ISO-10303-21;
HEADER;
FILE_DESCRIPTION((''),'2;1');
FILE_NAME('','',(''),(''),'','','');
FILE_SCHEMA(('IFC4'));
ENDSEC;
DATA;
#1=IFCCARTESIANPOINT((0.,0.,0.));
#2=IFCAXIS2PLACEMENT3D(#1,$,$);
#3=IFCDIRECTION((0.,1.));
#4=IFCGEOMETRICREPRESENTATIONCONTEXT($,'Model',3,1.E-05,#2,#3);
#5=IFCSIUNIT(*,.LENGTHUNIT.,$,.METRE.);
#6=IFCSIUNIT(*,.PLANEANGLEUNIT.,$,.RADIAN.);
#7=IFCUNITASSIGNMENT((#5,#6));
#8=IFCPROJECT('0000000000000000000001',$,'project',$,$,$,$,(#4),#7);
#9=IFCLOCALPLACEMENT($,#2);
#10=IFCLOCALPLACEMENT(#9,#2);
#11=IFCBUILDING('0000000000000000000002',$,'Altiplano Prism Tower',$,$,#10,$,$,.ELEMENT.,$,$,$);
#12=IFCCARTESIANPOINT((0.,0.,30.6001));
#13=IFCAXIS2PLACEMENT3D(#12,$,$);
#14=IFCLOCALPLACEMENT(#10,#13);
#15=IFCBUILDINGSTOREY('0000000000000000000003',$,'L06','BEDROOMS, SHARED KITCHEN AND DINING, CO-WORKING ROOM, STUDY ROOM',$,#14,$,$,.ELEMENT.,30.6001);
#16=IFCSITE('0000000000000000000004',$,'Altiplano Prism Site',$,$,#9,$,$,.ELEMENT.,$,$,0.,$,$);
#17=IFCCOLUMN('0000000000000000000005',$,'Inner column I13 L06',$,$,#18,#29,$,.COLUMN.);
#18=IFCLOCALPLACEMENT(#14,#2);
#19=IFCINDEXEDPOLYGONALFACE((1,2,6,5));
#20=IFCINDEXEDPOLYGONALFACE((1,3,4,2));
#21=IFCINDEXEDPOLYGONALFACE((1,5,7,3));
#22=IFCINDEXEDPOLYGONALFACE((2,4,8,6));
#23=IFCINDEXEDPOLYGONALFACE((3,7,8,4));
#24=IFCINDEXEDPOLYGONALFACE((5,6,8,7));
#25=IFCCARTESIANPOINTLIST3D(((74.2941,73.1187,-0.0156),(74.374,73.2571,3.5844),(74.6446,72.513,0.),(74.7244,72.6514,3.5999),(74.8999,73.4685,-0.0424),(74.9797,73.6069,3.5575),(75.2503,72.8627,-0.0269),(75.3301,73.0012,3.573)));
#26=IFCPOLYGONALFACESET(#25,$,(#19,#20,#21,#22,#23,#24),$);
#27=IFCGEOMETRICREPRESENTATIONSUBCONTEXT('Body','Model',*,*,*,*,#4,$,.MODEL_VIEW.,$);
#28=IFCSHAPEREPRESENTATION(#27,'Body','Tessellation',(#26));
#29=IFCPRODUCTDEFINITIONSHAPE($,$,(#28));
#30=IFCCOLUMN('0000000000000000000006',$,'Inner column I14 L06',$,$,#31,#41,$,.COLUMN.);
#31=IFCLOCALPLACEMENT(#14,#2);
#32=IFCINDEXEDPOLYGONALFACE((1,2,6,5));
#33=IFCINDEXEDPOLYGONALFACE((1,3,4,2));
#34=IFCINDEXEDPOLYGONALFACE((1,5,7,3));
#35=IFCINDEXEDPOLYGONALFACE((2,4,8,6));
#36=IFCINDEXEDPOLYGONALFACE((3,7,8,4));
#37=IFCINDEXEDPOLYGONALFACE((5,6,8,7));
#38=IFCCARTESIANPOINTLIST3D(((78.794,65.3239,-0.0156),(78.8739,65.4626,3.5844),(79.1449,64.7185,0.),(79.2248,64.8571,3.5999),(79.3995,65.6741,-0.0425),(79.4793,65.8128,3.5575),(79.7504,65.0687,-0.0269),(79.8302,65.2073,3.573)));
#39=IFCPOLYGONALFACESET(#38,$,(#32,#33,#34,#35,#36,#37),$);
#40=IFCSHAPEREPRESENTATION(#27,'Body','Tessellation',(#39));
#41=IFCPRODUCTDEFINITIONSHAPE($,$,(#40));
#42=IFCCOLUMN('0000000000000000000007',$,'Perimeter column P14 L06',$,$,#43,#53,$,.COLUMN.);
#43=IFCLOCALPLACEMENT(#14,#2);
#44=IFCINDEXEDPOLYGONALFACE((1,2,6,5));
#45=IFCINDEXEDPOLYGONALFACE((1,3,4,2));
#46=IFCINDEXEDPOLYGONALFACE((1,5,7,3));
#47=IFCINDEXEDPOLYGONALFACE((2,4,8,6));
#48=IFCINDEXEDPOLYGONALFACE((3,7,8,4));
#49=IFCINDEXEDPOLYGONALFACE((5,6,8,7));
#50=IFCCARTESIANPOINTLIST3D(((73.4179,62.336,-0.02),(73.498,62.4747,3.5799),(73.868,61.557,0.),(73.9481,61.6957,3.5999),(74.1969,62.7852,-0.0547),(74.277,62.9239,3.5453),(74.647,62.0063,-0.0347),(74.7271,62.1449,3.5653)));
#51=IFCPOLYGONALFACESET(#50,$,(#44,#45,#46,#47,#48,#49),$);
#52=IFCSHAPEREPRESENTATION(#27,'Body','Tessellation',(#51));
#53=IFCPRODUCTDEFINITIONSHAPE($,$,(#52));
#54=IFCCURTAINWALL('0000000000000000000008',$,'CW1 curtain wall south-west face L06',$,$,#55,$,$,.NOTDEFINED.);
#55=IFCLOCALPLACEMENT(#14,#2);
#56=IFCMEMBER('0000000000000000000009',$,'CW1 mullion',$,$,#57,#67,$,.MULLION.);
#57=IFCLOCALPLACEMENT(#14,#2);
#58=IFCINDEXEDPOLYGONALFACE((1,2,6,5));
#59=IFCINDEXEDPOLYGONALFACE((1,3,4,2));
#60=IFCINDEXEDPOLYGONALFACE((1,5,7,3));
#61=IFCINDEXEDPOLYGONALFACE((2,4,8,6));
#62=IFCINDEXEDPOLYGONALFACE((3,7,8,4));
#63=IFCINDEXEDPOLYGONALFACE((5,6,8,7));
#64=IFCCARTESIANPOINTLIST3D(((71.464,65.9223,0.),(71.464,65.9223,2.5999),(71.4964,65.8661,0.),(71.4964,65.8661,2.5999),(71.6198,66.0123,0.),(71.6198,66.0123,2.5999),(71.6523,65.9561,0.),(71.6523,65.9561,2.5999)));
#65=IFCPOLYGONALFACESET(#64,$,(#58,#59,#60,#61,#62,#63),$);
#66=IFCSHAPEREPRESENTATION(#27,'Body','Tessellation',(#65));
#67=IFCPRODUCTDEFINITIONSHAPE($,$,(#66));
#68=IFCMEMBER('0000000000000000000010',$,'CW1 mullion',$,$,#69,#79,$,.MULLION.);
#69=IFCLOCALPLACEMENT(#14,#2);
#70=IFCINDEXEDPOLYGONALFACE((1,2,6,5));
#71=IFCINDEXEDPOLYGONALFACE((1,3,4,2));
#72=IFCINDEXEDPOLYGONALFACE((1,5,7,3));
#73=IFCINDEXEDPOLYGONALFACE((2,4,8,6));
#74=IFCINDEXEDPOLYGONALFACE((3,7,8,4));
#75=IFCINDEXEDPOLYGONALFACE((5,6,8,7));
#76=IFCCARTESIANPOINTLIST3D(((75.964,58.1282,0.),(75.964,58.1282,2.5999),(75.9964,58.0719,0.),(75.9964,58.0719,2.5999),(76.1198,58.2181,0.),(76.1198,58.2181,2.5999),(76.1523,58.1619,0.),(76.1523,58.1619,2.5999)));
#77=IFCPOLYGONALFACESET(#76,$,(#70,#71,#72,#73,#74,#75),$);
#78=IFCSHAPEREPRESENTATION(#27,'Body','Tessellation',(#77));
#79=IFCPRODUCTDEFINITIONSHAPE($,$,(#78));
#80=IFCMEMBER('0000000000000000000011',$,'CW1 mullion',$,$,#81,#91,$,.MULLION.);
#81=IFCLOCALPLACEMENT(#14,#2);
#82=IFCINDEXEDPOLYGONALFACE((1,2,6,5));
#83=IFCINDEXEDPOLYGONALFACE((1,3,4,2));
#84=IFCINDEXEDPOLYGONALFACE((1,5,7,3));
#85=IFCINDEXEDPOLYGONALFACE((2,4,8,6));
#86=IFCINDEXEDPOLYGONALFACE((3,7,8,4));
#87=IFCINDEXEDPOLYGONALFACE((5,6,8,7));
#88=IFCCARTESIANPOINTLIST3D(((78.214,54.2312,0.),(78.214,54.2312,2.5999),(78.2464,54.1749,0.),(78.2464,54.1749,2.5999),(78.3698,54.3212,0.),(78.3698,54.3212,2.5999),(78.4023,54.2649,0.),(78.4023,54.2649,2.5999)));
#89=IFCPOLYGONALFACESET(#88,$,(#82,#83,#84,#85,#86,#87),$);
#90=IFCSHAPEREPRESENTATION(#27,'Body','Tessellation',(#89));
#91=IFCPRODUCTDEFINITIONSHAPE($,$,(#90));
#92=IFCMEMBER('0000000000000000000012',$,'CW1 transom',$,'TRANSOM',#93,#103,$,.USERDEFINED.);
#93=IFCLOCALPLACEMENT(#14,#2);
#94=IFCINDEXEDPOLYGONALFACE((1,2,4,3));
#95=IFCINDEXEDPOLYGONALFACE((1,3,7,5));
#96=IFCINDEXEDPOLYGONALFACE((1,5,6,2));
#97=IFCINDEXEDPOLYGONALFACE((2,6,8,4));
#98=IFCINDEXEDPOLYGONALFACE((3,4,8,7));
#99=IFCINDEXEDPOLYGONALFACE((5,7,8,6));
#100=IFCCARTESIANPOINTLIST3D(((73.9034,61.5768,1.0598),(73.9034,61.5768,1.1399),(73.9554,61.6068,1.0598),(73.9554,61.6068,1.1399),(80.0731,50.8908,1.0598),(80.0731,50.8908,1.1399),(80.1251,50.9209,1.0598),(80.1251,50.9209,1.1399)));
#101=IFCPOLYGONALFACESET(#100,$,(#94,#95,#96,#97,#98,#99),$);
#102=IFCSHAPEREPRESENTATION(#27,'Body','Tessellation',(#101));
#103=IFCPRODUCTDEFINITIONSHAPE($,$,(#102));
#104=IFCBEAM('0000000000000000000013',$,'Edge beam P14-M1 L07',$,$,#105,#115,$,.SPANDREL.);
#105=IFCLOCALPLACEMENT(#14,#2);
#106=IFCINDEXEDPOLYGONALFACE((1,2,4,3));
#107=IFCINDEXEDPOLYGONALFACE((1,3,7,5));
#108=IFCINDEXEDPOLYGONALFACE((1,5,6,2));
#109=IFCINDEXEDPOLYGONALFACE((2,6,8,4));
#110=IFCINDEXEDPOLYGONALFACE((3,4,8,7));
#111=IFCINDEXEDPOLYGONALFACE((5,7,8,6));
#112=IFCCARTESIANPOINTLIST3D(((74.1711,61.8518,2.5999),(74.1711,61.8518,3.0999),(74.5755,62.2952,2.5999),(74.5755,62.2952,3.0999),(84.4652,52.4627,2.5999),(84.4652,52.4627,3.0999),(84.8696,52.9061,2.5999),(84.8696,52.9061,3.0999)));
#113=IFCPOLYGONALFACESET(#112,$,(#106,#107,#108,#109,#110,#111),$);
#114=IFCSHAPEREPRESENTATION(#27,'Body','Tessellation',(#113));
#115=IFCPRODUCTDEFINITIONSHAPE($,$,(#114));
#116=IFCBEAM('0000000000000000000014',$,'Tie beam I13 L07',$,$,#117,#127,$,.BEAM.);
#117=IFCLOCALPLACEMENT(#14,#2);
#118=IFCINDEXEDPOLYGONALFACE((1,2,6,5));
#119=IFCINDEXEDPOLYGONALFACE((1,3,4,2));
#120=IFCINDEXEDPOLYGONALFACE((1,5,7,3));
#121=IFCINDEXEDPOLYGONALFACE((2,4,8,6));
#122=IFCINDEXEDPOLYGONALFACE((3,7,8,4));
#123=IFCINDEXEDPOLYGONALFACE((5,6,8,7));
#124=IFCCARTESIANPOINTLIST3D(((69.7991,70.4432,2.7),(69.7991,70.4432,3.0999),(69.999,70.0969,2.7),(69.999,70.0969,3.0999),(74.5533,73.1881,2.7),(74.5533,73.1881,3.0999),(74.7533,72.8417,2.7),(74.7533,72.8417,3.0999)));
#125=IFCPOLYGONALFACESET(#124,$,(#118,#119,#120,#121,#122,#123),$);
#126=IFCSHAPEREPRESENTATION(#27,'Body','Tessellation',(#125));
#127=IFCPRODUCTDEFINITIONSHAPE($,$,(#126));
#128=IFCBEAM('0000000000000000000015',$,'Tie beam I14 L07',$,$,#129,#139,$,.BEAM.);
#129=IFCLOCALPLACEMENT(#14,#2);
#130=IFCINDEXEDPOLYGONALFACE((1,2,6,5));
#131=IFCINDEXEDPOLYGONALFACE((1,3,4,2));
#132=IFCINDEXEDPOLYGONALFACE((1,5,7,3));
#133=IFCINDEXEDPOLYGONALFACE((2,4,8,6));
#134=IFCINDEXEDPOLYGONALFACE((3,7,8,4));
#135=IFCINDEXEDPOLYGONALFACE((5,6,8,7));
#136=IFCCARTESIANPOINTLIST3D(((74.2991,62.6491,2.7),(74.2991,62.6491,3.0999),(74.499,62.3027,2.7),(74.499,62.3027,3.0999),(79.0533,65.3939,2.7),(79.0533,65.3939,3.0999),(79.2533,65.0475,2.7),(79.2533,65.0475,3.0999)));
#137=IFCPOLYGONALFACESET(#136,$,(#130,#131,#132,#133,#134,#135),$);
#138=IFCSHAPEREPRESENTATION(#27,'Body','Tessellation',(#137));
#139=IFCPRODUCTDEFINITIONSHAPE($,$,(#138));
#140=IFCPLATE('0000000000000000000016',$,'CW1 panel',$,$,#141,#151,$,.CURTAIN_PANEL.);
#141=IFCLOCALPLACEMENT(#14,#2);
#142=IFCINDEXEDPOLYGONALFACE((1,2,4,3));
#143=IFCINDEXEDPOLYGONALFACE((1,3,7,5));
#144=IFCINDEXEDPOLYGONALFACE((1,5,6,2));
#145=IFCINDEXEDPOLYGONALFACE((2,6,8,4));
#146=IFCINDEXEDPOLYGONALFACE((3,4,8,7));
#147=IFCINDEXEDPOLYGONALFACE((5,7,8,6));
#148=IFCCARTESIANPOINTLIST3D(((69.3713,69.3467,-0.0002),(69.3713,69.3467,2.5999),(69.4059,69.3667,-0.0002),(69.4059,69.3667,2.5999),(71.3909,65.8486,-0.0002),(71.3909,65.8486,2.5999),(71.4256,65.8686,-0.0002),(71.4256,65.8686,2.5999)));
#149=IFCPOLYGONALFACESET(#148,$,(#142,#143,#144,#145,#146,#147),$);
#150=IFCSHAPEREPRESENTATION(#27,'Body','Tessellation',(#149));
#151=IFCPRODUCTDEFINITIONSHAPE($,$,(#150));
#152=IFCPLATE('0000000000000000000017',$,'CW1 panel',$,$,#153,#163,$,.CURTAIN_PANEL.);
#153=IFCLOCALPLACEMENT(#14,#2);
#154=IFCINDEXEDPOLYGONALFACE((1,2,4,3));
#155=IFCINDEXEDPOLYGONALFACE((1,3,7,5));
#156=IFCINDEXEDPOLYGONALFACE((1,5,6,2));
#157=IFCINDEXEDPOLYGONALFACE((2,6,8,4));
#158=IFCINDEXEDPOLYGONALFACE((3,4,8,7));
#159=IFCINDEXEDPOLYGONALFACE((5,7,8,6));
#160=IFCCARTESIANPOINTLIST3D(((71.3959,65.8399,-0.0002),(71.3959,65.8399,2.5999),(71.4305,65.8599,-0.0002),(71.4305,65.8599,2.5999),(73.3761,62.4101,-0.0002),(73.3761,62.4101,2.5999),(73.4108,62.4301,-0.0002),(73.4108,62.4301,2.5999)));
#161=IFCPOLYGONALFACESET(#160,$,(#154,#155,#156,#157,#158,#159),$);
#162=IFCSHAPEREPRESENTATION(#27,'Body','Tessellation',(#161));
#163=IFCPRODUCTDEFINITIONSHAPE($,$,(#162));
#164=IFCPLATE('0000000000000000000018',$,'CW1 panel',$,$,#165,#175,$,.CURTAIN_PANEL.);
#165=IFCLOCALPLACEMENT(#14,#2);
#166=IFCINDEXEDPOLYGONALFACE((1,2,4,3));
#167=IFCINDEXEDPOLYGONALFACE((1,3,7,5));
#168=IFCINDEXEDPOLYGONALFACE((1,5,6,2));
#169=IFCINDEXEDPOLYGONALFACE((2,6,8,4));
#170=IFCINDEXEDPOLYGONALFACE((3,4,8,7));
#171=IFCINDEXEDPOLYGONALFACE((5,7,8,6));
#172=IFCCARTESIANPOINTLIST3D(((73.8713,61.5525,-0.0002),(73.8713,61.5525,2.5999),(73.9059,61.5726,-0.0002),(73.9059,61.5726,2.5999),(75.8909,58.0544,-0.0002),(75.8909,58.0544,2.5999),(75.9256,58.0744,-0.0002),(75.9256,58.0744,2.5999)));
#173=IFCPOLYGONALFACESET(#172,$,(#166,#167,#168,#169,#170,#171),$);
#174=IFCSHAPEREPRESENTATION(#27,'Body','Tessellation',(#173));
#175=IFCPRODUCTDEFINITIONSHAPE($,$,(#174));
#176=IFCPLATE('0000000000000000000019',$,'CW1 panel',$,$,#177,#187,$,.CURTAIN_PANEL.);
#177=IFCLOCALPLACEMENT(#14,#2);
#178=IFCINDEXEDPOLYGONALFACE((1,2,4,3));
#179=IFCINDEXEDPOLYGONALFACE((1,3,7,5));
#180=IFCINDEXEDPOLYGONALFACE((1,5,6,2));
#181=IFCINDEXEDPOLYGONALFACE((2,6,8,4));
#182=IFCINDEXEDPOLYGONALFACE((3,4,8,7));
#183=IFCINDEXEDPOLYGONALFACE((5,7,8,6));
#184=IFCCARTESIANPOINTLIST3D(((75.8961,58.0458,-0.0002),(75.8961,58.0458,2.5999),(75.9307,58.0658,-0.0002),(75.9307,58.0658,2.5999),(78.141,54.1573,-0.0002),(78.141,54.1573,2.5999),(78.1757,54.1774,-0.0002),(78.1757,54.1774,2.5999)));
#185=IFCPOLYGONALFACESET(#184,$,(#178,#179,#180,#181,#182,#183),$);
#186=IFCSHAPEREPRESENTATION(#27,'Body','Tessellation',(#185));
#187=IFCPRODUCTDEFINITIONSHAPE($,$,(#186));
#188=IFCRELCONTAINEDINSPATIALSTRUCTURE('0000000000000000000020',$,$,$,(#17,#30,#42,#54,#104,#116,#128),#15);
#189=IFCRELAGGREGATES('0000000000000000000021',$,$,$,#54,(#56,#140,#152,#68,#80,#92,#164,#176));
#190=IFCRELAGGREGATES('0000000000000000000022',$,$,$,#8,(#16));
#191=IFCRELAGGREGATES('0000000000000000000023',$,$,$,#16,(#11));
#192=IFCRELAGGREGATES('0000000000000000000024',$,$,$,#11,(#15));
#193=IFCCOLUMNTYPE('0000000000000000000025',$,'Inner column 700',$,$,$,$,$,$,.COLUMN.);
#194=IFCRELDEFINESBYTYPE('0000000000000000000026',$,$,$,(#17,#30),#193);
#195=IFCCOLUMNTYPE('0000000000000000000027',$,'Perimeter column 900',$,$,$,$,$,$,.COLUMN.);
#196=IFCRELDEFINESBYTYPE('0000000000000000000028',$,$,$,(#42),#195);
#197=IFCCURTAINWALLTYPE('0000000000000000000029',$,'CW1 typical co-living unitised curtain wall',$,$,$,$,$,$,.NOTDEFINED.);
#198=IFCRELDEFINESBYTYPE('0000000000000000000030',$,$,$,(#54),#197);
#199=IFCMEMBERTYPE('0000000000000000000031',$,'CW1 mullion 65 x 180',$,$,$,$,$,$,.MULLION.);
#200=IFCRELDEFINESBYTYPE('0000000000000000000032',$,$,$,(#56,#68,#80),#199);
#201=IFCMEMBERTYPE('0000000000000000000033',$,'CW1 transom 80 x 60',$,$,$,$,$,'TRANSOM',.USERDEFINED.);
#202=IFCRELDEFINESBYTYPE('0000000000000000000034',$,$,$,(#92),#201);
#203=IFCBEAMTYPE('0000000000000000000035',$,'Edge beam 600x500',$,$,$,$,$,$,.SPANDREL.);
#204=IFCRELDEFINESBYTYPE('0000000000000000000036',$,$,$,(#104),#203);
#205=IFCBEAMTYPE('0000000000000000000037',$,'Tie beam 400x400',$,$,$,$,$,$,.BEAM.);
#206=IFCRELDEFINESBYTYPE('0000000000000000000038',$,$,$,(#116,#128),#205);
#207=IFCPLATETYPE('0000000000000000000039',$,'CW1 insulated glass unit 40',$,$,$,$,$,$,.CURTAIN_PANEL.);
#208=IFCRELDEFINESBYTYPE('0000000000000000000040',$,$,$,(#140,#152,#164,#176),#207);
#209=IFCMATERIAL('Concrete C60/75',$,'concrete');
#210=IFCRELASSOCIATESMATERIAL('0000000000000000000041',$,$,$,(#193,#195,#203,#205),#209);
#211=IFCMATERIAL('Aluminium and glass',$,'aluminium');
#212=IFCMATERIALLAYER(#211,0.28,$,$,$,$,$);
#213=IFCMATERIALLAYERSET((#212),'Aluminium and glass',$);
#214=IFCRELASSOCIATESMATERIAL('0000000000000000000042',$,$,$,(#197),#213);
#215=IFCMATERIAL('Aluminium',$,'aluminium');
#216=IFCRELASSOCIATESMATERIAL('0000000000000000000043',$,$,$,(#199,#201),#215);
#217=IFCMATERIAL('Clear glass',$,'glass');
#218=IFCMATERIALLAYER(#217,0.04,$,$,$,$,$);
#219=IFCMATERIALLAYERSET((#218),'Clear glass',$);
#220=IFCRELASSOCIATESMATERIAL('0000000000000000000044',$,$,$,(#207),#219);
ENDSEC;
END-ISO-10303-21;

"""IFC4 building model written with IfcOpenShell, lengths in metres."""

from ifc_helpers import new_model, si_unit, direction, frame, origin, origin_2d, place, context, subcontext, project, spatial, rectangle, extrude, material, layer, layer_set, material_profile, profile_set, type_object, element, aggregate, save


model = new_model("IFC4")

# Units and contexts
model_context = context("Model", 3, precision=1e-05, world=origin(), true_north=direction((0.0, 1.0)))
body_context = subcontext(model_context, "Body", "Model", "MODEL_VIEW")
ifc_project = project(units=[si_unit("LENGTHUNIT", "METRE"), si_unit("PLANEANGLEUNIT", "RADIAN")], contexts=[model_context])

# Site, building, storey
site_placement = place(None, origin())
site = spatial("IfcSite", under=ifc_project, at=site_placement, Name="Altiplano Prism Site", CompositionType="ELEMENT", RefElevation=0.0)
building_placement = place(site_placement, origin())
building = spatial("IfcBuilding", under=site, at=building_placement, Name="Altiplano Prism Tower", CompositionType="ELEMENT")
storey_placement = place(building_placement, frame((0.0, 0.0, 30.6001)))
storey = spatial("IfcBuildingStorey", under=building, at=storey_placement, Name="L06", Description="BEDROOMS, SHARED KITCHEN AND DINING, CO-WORKING ROOM, STUDY ROOM", CompositionType="ELEMENT", Elevation=30.6001)

# Columns
ifc_material_1 = material(Name="Concrete C60/75", Category="concrete")
ifc_material_profile_1 = material_profile(ifc_material_1, rectangle(XDim=0.7, YDim=0.7, at=origin_2d()), Name="Inner column 700")
ifc_profile_set_1 = profile_set([ifc_material_profile_1], Name="Concrete C60/75")
column_type_1 = type_object("IfcColumnType", Name="Inner column 700", PredefinedType="COLUMN", material=ifc_profile_set_1)
for number, where, z_axis, x_axis, name in (
    (1, (74.7722, 72.9907, -0.0212), (0.022155, 0.038416, 0.999016), (-0.865362, -0.499674, 0.038405), "Inner column I13 L06"),
    (2, (79.2722, 65.1963, -0.0212), (0.022155, 0.038484, 0.999014), (-0.86498, -0.500331, 0.038456), "Inner column I14 L06"),
):
    element("IfcColumn", number, at=place(storey_placement, frame(where, z_axis=z_axis, x_axis=x_axis)), inside=storey, type_object=column_type_1, Name=name, PredefinedType="COLUMN", context=body_context, shape_type="SweptSolid", body=[
        extrude(rectangle(XDim=0.7, YDim=0.7, at=origin_2d()), origin(), (0.0, 0.0, 1.0), 3.6035),
    ])
ifc_material_profile_2 = material_profile(ifc_material_1, rectangle(XDim=0.8999, YDim=0.8999, at=origin_2d()), Name="Perimeter column 900")
ifc_profile_set_2 = profile_set([ifc_material_profile_2], Name="Concrete C60/75")
column_type_2 = type_object("IfcColumnType", Name="Perimeter column 900", PredefinedType="COLUMN", material=ifc_profile_set_2)
column_placement = place(storey_placement, frame((74.0325, 62.1711, -0.0273), z_axis=(0.022223, 0.038483, 0.999012), x_axis=(-0.865639, -0.499187, 0.038485)))
element("IfcColumn", 3, at=column_placement, inside=storey, type_object=column_type_2, Name="Perimeter column P14 L06", PredefinedType="COLUMN", context=body_context, shape_type="SweptSolid", body=[
    extrude(rectangle(XDim=0.8999, YDim=0.8999, at=origin_2d()), origin(), (0.0, 0.0, 1.0), 3.6035),
])

# Curtain wall, members
ifc_material_2 = material(Name="Aluminium and glass", Category="aluminium")
ifc_layer_1 = layer(ifc_material_2, 0.28)
ifc_layer_set_1 = layer_set([ifc_layer_1], Name="Aluminium and glass")
curtain_wall_type = type_object("IfcCurtainWallType", Name="CW1 typical co-living unitised curtain wall", PredefinedType="NOTDEFINED", material=ifc_layer_set_1)
curtain_wall_placement = place(storey_placement, origin())
curtain_wall = element("IfcCurtainWall", 4, at=curtain_wall_placement, inside=storey, type_object=curtain_wall_type, Name="CW1 curtain wall south-west face L06", PredefinedType="NOTDEFINED")
ifc_material_3 = material(Name="Aluminium", Category="aluminium")
ifc_material_profile_3 = material_profile(ifc_material_3, rectangle(XDim=0.1799, YDim=0.0649, at=origin_2d()), Name="CW1 mullion 65 x 180")
ifc_profile_set_3 = profile_set([ifc_material_profile_3], Name="Aluminium")
member_type_1 = type_object("IfcMemberType", Name="CW1 mullion 65 x 180", PredefinedType="MULLION", material=ifc_profile_set_3)
member_1_placement = place(storey_placement, frame((71.5581, 65.9392, 0.0), z_axis=(0.0, 0.0, 1.0), x_axis=(0.866025, 0.5, 0.0)))
member_1 = element("IfcMember", 5, at=member_1_placement, type_object=member_type_1, Name="CW1 mullion", PredefinedType="MULLION", context=body_context, shape_type="SweptSolid", body=[
    extrude(rectangle(XDim=0.1799, YDim=0.0649, at=origin_2d()), origin(), (0.0, 0.0, 1.0), 2.5999),
])
member_2_placement = place(storey_placement, frame((76.0581, 58.145, 0.0), z_axis=(0.0, 0.0, 1.0), x_axis=(0.866025, 0.5, 0.0)))
member_2 = element("IfcMember", 6, at=member_2_placement, type_object=member_type_1, Name="CW1 mullion", PredefinedType="MULLION", context=body_context, shape_type="SweptSolid", body=[
    extrude(rectangle(XDim=0.1799, YDim=0.0649, at=origin_2d()), origin(), (0.0, 0.0, 1.0), 2.5999),
])
member_3_placement = place(storey_placement, frame((78.3081, 54.248, 0.0), z_axis=(0.0, 0.0, 1.0), x_axis=(0.866025, 0.5, 0.0)))
member_3 = element("IfcMember", 7, at=member_3_placement, type_object=member_type_1, Name="CW1 mullion", PredefinedType="MULLION", context=body_context, shape_type="SweptSolid", body=[
    extrude(rectangle(XDim=0.1799, YDim=0.0649, at=origin_2d()), origin(), (0.0, 0.0, 1.0), 2.5999),
])
ifc_material_profile_4 = material_profile(ifc_material_3, rectangle(XDim=0.0601, YDim=0.0801, at=origin_2d()), Name="CW1 transom 80 x 60")
ifc_profile_set_4 = profile_set([ifc_material_profile_4], Name="Aluminium")
member_type_2 = type_object("IfcMemberType", Name="CW1 transom 80 x 60", ElementType="TRANSOM", PredefinedType="USERDEFINED", material=ifc_profile_set_4)
member_4_placement = place(storey_placement, frame((73.9294, 61.5918, 1.0999), z_axis=(0.500006, -0.866022, 0.0), x_axis=(0.866022, 0.500006, 0.0)))
member_4 = element("IfcMember", 8, at=member_4_placement, type_object=member_type_2, Name="CW1 transom", ObjectType="TRANSOM", PredefinedType="USERDEFINED", context=body_context, shape_type="SweptSolid", body=[
    extrude(rectangle(XDim=0.0601, YDim=0.0801, at=origin_2d()), origin(), (0.0, 0.0, 1.0), 12.3391),
])

# Beams
ifc_material_profile_5 = material_profile(ifc_material_1, rectangle(XDim=0.6001, YDim=0.5, at=origin_2d()), Name="Edge beam 600x500")
ifc_profile_set_5 = profile_set([ifc_material_profile_5], Name="Concrete C60/75")
beam_type_1 = type_object("IfcBeamType", Name="Edge beam 600x500", PredefinedType="SPANDREL", material=ifc_profile_set_5)
beam_placement = place(storey_placement, frame((74.3733, 62.0735, 2.8499), z_axis=(0.738839, -0.673882, 0.0), x_axis=(0.673882, 0.738839, 0.0)))
element("IfcBeam", 9, at=beam_placement, inside=storey, type_object=beam_type_1, Name="Edge beam P14-M1 L07", PredefinedType="SPANDREL", context=body_context, shape_type="SweptSolid", body=[
    extrude(rectangle(XDim=0.6001, YDim=0.5, at=origin_2d()), origin(), (0.0, 0.0, 1.0), 13.9329),
])
ifc_material_profile_6 = material_profile(ifc_material_1, rectangle(XDim=0.3999, YDim=0.3999, at=origin_2d()), Name="Tie beam 400x400")
ifc_profile_set_6 = profile_set([ifc_material_profile_6], Name="Concrete C60/75")
beam_type_2 = type_object("IfcBeamType", Name="Tie beam 400x400", PredefinedType="BEAM", material=ifc_profile_set_6)
for number, where, z_axis, x_axis, name in (
    (10, (74.6533, 73.0149, 2.8999), (-0.866032, -0.499989, 0.0), (0.499989, -0.866032, 0.0), "Tie beam I13 L07"),
    (11, (79.1533, 65.2207, 2.8999), (-0.866032, -0.499989, 0.0), (0.499989, -0.866032, 0.0), "Tie beam I14 L07"),
):
    element("IfcBeam", number, at=place(storey_placement, frame(where, z_axis=z_axis, x_axis=x_axis)), inside=storey, type_object=beam_type_2, Name=name, PredefinedType="BEAM", context=body_context, shape_type="SweptSolid", body=[
        extrude(rectangle(XDim=0.3999, YDim=0.3999, at=origin_2d()), origin(), (0.0, 0.0, 1.0), 5.4897),
    ])

# Plates
ifc_material_4 = material(Name="Clear glass", Category="glass")
ifc_layer_2 = layer(ifc_material_4, 0.04)
ifc_layer_set_2 = layer_set([ifc_layer_2], Name="Clear glass")
plate_type = type_object("IfcPlateType", Name="CW1 insulated glass unit 40", PredefinedType="CURTAIN_PANEL", material=ifc_layer_set_2)
plate_1_placement = place(storey_placement, frame((70.3984, 67.6077, -0.0002), z_axis=(0.0, 0.0, 1.0), x_axis=(0.5, -0.866025, 0.0)))
plate_1 = element("IfcPlate", 12, at=plate_1_placement, type_object=plate_type, Name="CW1 panel", PredefinedType="CURTAIN_PANEL", context=body_context, shape_type="SweptSolid", body=[
    extrude(rectangle(XDim=4.0393, YDim=0.04, at=origin_2d()), origin(), (0.0, 0.0, 1.0), 2.6001),
])
plate_2_placement = place(storey_placement, frame((72.4033, 64.135, -0.0002), z_axis=(0.0, 0.0, 1.0), x_axis=(0.5, -0.866025, 0.0)))
plate_2 = element("IfcPlate", 13, at=plate_2_placement, type_object=plate_type, Name="CW1 panel", PredefinedType="CURTAIN_PANEL", context=body_context, shape_type="SweptSolid", body=[
    extrude(rectangle(XDim=3.9604, YDim=0.04, at=origin_2d()), origin(), (0.0, 0.0, 1.0), 2.6001),
])
plate_3_placement = place(storey_placement, frame((74.8984, 59.8135, -0.0002), z_axis=(0.0, 0.0, 1.0), x_axis=(0.5, -0.866025, 0.0)))
plate_3 = element("IfcPlate", 14, at=plate_3_placement, type_object=plate_type, Name="CW1 panel", PredefinedType="CURTAIN_PANEL", context=body_context, shape_type="SweptSolid", body=[
    extrude(rectangle(XDim=4.0393, YDim=0.04, at=origin_2d()), origin(), (0.0, 0.0, 1.0), 2.6001),
])
plate_4_placement = place(storey_placement, frame((77.0359, 56.1116, -0.0002), z_axis=(0.0, 0.0, 1.0), x_axis=(0.5, -0.866025, 0.0)))
plate_4 = element("IfcPlate", 15, at=plate_4_placement, type_object=plate_type, Name="CW1 panel", PredefinedType="CURTAIN_PANEL", context=body_context, shape_type="SweptSolid", body=[
    extrude(rectangle(XDim=4.49, YDim=0.04, at=origin_2d()), origin(), (0.0, 0.0, 1.0), 2.6001),
])
aggregate(curtain_wall, [member_1, plate_1, plate_2, member_2, member_3, member_4, plate_3, plate_4])

save(model, "model.ifc")
